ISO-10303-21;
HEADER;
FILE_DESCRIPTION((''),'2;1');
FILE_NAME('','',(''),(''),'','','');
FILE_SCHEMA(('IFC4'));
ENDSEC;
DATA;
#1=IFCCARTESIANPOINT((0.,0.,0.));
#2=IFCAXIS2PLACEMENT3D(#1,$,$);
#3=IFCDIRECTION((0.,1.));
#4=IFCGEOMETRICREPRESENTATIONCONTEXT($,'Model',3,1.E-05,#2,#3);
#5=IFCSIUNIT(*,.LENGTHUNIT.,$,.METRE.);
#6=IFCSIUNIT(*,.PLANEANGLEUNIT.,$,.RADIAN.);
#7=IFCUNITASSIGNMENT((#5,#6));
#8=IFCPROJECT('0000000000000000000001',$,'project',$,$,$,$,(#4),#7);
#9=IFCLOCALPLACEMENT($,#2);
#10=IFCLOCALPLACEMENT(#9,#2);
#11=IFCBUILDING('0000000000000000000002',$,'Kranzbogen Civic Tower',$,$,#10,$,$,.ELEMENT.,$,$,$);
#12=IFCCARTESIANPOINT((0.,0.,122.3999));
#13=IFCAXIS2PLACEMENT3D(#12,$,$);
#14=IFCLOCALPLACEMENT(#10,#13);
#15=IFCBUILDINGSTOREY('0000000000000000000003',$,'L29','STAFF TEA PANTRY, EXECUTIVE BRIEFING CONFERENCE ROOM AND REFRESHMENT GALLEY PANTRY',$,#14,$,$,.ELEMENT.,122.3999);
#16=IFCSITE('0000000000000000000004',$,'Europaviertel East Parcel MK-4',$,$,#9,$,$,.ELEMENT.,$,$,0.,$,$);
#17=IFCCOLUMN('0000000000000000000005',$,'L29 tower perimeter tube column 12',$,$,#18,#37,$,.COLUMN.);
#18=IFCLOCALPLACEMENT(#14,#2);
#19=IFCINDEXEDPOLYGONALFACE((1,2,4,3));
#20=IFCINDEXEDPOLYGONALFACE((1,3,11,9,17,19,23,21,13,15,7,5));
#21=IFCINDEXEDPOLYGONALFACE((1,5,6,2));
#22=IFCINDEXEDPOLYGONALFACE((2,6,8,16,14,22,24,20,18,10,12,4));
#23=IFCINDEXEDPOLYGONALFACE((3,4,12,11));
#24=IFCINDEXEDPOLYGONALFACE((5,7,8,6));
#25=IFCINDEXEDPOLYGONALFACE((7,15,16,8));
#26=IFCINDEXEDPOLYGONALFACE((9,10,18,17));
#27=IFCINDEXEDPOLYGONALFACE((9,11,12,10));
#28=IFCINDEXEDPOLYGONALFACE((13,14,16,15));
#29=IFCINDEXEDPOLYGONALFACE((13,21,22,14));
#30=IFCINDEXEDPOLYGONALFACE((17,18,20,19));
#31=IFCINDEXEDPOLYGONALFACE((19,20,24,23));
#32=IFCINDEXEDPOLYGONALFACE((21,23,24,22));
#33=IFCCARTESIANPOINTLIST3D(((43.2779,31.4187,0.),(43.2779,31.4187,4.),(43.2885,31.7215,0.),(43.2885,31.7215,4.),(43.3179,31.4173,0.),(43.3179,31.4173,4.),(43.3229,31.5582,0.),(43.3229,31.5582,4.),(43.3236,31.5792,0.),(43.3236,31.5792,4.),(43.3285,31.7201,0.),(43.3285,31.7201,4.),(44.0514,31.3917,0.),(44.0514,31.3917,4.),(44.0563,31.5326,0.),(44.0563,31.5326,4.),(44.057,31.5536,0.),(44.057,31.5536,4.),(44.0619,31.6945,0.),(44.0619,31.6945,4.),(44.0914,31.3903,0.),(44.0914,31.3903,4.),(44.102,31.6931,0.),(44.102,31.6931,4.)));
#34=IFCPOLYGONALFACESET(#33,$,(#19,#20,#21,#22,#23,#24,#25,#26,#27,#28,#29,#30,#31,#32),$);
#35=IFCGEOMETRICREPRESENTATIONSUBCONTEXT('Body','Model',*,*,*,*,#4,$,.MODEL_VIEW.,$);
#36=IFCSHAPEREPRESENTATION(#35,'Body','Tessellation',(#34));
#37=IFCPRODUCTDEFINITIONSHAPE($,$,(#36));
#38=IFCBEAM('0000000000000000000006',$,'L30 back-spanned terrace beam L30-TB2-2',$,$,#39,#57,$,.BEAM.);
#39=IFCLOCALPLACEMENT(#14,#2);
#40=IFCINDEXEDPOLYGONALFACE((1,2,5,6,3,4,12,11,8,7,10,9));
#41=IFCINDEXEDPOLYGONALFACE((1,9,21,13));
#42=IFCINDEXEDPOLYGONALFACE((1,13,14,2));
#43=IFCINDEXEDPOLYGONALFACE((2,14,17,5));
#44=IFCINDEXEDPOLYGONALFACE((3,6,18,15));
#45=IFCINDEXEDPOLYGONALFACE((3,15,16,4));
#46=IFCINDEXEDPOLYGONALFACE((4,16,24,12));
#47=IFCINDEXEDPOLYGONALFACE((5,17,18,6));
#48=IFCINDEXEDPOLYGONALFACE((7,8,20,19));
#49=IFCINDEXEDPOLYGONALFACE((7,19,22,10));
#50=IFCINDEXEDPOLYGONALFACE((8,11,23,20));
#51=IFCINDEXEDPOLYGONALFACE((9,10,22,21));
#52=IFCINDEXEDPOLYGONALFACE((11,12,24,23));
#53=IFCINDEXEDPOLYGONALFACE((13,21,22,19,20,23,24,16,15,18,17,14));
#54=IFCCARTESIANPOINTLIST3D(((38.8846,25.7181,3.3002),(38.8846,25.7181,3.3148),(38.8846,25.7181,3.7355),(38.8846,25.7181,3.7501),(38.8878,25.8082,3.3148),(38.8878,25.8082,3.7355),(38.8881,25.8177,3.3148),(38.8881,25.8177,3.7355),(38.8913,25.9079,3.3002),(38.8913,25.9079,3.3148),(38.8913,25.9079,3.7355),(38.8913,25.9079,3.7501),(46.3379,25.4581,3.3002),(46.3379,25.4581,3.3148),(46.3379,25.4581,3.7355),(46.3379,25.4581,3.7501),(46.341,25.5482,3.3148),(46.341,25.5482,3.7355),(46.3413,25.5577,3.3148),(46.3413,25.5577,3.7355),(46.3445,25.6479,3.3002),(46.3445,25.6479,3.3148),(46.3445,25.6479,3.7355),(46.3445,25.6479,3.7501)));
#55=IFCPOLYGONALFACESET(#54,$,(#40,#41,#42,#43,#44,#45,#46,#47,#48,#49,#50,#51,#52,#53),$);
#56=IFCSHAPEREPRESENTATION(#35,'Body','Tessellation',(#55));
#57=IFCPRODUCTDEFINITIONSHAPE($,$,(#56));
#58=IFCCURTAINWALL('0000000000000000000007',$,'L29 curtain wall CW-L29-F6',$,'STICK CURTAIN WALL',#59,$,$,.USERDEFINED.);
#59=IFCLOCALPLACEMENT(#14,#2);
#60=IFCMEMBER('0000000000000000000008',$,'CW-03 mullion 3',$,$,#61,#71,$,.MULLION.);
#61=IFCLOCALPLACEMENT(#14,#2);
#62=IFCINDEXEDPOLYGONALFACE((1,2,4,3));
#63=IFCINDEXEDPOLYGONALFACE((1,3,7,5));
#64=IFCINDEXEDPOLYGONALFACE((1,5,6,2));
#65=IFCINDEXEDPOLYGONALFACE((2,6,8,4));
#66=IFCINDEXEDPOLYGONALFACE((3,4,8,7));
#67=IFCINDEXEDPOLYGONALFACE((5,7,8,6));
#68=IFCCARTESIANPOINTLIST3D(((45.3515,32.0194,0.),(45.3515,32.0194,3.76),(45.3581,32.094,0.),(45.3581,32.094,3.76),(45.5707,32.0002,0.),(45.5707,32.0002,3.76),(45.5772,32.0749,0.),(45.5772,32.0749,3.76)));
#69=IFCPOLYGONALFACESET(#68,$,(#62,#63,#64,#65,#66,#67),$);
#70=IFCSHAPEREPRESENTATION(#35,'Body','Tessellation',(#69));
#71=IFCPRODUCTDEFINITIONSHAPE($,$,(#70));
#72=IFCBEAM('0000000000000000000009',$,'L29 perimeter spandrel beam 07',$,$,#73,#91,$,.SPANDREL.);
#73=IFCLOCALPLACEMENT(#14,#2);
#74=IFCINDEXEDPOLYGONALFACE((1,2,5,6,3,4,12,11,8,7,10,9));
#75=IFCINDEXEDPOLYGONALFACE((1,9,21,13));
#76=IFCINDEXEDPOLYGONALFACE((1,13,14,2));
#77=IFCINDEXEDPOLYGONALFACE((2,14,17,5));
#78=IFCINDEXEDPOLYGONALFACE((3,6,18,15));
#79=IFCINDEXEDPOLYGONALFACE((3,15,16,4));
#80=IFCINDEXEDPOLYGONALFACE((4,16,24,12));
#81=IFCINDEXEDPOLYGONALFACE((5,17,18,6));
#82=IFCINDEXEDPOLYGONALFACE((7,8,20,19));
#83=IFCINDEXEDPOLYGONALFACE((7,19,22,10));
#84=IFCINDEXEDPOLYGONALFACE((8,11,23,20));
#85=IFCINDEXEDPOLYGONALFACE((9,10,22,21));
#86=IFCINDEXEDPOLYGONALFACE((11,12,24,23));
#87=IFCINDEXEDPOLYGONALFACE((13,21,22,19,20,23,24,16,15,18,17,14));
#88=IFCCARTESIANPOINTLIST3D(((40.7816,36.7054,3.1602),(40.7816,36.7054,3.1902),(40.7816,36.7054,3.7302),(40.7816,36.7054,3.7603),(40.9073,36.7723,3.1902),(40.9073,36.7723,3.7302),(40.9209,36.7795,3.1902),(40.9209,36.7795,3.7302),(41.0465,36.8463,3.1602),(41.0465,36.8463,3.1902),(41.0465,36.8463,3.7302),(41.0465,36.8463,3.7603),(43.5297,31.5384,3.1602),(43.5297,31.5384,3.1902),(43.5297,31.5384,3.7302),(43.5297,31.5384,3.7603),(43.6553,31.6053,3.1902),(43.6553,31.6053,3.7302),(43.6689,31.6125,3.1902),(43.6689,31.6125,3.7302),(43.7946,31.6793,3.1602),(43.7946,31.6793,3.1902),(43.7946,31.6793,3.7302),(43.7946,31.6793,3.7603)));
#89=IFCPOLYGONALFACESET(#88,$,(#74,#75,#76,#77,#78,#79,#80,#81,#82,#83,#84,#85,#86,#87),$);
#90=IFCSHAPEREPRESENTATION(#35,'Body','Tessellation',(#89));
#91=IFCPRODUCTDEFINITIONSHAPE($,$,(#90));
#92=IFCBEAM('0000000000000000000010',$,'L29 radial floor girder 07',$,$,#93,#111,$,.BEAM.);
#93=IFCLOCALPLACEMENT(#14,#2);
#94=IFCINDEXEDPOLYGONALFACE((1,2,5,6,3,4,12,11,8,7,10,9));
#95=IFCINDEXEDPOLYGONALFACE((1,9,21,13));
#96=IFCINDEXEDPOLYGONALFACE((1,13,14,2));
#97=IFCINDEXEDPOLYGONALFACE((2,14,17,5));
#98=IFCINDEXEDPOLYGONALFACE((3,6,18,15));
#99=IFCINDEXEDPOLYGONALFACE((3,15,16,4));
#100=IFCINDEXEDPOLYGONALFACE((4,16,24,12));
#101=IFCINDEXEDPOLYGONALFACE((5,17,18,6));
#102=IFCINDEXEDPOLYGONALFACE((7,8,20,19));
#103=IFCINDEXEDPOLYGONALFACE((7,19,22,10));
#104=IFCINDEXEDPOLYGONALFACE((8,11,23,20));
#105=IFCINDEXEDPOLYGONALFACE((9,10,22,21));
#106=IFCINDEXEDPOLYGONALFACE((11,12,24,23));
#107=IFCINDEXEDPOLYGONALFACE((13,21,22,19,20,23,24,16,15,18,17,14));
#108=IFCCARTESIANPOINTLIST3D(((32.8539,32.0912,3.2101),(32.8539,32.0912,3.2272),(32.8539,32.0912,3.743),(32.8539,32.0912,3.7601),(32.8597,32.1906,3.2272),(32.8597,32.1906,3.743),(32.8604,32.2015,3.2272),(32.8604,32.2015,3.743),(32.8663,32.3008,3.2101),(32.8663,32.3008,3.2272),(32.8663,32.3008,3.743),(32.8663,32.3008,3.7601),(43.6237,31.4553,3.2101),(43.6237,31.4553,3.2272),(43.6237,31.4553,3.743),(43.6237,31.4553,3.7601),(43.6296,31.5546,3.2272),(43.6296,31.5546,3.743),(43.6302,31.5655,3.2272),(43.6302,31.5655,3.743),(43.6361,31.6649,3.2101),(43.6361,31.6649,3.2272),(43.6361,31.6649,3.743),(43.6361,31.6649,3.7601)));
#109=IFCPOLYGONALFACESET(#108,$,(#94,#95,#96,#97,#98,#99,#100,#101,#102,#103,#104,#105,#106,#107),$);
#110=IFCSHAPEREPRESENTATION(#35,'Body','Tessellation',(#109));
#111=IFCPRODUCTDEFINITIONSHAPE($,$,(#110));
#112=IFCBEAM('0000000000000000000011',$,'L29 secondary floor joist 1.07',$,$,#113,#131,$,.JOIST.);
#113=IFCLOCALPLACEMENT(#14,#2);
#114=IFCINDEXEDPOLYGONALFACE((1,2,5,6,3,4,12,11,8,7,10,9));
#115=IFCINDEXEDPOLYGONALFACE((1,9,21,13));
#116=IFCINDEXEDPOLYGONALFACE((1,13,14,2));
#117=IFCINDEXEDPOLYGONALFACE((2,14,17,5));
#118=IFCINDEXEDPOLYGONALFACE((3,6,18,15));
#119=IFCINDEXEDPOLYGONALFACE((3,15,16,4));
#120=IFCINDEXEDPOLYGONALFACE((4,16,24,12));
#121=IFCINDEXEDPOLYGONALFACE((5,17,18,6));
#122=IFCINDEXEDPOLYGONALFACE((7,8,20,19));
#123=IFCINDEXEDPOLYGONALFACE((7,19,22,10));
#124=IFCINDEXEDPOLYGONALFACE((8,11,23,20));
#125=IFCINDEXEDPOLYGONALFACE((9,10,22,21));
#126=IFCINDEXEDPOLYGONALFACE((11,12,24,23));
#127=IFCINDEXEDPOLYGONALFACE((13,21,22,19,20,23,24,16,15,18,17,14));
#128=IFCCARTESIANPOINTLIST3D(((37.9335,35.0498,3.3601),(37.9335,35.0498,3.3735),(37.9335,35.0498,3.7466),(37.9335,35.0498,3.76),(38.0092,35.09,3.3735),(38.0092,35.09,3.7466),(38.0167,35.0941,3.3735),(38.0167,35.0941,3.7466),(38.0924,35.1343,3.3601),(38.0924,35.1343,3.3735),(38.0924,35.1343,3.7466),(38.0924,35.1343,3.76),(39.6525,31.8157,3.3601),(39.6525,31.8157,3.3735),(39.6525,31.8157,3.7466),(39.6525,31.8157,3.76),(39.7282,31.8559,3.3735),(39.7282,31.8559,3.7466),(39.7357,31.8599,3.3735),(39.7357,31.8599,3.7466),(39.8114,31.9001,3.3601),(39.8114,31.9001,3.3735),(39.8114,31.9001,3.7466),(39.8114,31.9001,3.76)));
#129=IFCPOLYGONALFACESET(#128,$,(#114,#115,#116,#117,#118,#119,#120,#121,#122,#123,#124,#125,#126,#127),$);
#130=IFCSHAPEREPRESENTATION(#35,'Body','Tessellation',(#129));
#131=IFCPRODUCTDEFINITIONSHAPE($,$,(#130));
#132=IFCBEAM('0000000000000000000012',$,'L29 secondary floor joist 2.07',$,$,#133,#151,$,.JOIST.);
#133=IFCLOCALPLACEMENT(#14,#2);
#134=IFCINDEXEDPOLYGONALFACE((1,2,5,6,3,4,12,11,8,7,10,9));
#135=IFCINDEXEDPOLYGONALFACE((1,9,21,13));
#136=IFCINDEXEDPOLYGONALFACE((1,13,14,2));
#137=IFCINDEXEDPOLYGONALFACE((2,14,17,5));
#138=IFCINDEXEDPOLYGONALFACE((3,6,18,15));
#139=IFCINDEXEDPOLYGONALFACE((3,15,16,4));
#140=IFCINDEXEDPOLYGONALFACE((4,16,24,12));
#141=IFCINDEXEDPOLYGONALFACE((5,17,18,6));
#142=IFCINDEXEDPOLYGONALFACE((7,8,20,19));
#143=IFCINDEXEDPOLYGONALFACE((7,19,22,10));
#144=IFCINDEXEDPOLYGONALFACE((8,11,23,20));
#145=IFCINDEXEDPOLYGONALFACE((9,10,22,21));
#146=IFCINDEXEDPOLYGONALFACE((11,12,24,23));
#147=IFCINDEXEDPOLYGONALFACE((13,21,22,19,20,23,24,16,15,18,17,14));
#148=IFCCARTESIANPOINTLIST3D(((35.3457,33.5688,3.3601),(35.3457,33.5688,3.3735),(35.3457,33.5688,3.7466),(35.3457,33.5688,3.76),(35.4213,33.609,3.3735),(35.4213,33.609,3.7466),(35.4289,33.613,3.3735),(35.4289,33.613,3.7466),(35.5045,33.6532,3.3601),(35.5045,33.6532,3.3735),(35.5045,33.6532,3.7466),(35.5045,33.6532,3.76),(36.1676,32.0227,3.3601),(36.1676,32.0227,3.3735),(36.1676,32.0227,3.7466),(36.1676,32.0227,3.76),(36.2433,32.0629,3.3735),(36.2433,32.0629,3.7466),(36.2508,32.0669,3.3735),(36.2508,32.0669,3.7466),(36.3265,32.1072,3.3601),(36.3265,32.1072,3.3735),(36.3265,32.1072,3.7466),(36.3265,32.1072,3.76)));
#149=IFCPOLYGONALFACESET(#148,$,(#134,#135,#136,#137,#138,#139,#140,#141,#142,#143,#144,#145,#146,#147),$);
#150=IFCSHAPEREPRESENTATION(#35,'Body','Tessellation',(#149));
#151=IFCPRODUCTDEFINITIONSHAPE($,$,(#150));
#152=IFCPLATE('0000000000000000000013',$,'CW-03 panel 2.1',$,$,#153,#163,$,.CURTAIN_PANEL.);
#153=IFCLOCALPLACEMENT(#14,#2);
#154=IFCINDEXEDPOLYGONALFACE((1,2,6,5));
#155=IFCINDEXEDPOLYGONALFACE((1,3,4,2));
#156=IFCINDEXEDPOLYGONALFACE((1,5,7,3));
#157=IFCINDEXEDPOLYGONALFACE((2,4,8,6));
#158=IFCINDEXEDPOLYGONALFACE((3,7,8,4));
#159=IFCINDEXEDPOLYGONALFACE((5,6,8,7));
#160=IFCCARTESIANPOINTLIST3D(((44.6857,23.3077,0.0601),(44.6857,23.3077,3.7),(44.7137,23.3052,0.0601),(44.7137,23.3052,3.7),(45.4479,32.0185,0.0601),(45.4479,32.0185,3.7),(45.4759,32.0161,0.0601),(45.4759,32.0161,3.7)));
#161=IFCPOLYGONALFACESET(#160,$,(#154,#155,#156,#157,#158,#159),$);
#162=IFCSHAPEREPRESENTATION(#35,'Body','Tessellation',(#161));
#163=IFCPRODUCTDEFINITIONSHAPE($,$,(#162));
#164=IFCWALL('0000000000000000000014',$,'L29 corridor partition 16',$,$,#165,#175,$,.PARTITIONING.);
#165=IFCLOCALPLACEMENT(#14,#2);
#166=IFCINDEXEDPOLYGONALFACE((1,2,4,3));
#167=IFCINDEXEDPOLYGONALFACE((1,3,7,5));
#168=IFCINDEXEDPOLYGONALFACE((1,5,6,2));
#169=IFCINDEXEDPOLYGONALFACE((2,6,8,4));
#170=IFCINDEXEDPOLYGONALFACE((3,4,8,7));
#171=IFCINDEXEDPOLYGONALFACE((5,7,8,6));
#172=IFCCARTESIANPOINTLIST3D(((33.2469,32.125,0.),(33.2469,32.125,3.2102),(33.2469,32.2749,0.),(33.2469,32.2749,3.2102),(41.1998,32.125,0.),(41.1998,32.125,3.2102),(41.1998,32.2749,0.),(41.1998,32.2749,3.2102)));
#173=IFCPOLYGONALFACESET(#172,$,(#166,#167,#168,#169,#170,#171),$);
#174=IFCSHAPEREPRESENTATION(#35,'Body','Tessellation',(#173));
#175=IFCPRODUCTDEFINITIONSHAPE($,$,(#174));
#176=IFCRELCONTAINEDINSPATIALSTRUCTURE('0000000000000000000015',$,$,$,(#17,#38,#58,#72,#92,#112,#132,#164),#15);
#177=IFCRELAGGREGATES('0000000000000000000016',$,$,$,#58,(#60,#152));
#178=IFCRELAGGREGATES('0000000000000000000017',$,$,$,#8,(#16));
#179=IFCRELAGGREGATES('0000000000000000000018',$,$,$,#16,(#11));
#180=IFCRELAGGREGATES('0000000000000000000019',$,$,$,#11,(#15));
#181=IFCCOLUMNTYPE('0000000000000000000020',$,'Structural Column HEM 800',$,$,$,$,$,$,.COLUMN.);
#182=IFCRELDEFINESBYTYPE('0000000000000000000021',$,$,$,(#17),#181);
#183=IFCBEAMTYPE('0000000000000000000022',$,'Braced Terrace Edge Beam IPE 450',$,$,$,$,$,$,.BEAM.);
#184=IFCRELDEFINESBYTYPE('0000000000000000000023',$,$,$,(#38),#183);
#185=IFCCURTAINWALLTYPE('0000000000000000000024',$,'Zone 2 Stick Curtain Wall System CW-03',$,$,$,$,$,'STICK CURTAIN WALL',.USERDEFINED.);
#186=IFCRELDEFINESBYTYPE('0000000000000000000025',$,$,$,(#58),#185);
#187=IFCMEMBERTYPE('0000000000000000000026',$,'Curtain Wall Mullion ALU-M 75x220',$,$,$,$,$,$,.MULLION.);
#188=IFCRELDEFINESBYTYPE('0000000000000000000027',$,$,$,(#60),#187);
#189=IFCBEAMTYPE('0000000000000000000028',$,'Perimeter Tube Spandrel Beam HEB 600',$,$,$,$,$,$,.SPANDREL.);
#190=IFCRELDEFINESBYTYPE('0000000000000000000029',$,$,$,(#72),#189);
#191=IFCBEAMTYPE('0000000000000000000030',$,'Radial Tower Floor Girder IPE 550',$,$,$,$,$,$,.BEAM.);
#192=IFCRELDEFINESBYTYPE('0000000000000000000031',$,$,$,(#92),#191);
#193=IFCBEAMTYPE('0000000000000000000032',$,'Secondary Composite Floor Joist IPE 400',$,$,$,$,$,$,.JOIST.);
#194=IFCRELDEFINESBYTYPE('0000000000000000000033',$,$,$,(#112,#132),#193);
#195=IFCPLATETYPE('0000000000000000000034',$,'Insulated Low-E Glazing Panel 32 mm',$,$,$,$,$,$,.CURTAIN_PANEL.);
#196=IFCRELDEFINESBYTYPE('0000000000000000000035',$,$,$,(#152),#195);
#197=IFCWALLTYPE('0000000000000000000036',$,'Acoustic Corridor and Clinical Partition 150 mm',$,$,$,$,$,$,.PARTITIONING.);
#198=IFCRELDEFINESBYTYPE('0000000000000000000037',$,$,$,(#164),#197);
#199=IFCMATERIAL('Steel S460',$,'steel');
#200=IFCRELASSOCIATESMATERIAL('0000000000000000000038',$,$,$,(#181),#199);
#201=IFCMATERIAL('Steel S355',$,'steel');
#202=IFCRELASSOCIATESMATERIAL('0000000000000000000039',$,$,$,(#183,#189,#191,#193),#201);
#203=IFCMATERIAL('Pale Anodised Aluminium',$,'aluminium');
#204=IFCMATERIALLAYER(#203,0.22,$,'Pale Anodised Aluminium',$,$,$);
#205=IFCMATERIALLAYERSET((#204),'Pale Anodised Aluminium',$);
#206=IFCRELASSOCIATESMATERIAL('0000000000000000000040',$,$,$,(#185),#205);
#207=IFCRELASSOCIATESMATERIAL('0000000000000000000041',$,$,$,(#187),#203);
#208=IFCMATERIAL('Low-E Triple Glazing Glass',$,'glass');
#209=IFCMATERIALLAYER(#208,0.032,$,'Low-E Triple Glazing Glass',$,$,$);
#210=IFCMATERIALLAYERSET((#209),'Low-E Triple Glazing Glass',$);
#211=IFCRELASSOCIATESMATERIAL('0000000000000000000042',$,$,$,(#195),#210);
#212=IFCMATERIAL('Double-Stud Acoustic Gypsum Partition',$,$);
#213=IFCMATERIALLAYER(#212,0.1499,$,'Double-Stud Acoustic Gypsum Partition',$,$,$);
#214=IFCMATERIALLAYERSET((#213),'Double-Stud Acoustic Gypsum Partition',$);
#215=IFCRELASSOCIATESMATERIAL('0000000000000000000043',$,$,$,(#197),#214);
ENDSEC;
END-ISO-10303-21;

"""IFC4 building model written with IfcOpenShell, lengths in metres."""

from ifc_helpers import new_model, si_unit, direction, frame, frame_2d, origin, origin_2d, place, context, subcontext, project, spatial, rectangle, i_section, extrude, material, layer, layer_set, material_profile, profile_set, type_object, element, aggregate, save


model = new_model("IFC4")

# Units and contexts
model_context = context("Model", 3, precision=1e-05, world=origin(), true_north=direction((0.0, 1.0)))
body_context = subcontext(model_context, "Body", "Model", "MODEL_VIEW")
ifc_project = project(units=[si_unit("LENGTHUNIT", "METRE"), si_unit("PLANEANGLEUNIT", "RADIAN")], contexts=[model_context])

# Site, building, storey
site_placement = place(None, origin())
site = spatial("IfcSite", under=ifc_project, at=site_placement, Name="Europaviertel East Parcel MK-4", CompositionType="ELEMENT", RefElevation=0.0)
building_placement = place(site_placement, origin())
building = spatial("IfcBuilding", under=site, at=building_placement, Name="Kranzbogen Civic Tower", CompositionType="ELEMENT")
storey_placement = place(building_placement, frame((0.0, 0.0, 122.3999)))
storey = spatial("IfcBuildingStorey", under=building, at=storey_placement, Name="L29", Description="STAFF TEA PANTRY, EXECUTIVE BRIEFING CONFERENCE ROOM AND REFRESHMENT GALLEY PANTRY", CompositionType="ELEMENT", Elevation=122.3999)

# Column
ifc_material_1 = material(Name="Steel S460", Category="steel")
ifc_material_profile_1 = material_profile(ifc_material_1, i_section(OverallWidth=0.303, OverallDepth=0.814, WebThickness=0.021, FlangeThickness=0.04, at=origin_2d()), Name="HEM 800")
ifc_profile_set_1 = profile_set([ifc_material_profile_1], Name="Steel S460")
column_type = type_object("IfcColumnType", Name="Structural Column HEM 800", PredefinedType="COLUMN", material=ifc_profile_set_1)
column_placement = place(storey_placement, frame((43.6899, 31.5559, 0.0), z_axis=(0.0, 0.0, 1.0), x_axis=(0.034899, 0.999391, 0.0)))
element("IfcColumn", 1, at=column_placement, inside=storey, type_object=column_type, Name="L29 tower perimeter tube column 12", PredefinedType="COLUMN", context=body_context, shape_type="SweptSolid", body=[
    extrude(i_section(OverallWidth=0.303, OverallDepth=0.814, WebThickness=0.021, FlangeThickness=0.04, at=origin_2d()), origin(), (0.0, 0.0, 1.0), 4.0),
])

# Beam
ifc_material_2 = material(Name="Steel S355", Category="steel")
ifc_material_profile_2 = material_profile(ifc_material_2, i_section(OverallWidth=0.1899, OverallDepth=0.45, WebThickness=0.0095, FlangeThickness=0.0146, at=origin_2d()), Name="IPE 450")
ifc_profile_set_2 = profile_set([ifc_material_profile_2], Name="Steel S355")
beam_type_1 = type_object("IfcBeamType", Name="Braced Terrace Edge Beam IPE 450", PredefinedType="BEAM", material=ifc_profile_set_2)
beam_1_placement = place(storey_placement, frame((38.8879, 25.813, 3.5251), z_axis=(0.999392, -0.034865, 0.0), x_axis=(0.034865, 0.999392, 0.0)))
element("IfcBeam", 2, at=beam_1_placement, inside=storey, type_object=beam_type_1, Name="L30 back-spanned terrace beam L30-TB2-2", PredefinedType="BEAM", context=body_context, shape_type="SweptSolid", body=[
    extrude(i_section(OverallWidth=0.1899, OverallDepth=0.45, WebThickness=0.0095, FlangeThickness=0.0146, at=origin_2d()), origin(), (0.0, 0.0, 1.0), 7.4578),
])

# Curtain wall, member
ifc_material_3 = material(Name="Pale Anodised Aluminium", Category="aluminium")
ifc_layer_1 = layer(ifc_material_3, 0.22, Name="Pale Anodised Aluminium")
ifc_layer_set_1 = layer_set([ifc_layer_1], Name="Pale Anodised Aluminium")
curtain_wall_type = type_object("IfcCurtainWallType", Name="Zone 2 Stick Curtain Wall System CW-03", ElementType="STICK CURTAIN WALL", PredefinedType="USERDEFINED", material=ifc_layer_set_1)
curtain_wall_placement = place(storey_placement, origin())
curtain_wall = element("IfcCurtainWall", 3, at=curtain_wall_placement, inside=storey, type_object=curtain_wall_type, Name="L29 curtain wall CW-L29-F6", ObjectType="STICK CURTAIN WALL", PredefinedType="USERDEFINED")
ifc_material_profile_3 = material_profile(ifc_material_3, rectangle(XDim=0.075, YDim=0.22, at=origin_2d()), Name="ALU-M 75x220")
ifc_profile_set_3 = profile_set([ifc_material_profile_3], Name="Pale Anodised Aluminium")
member_type = type_object("IfcMemberType", Name="Curtain Wall Mullion ALU-M 75x220", PredefinedType="MULLION", material=ifc_profile_set_3)
member_placement = place(storey_placement, frame((45.4644, 32.0471, 0.0), z_axis=(0.0, 0.0, 1.0), x_axis=(0.087162, 0.996194, 0.0)))
member = element("IfcMember", 4, at=member_placement, type_object=member_type, Name="CW-03 mullion 3", PredefinedType="MULLION", context=body_context, shape_type="SweptSolid", body=[
    extrude(rectangle(XDim=0.075, YDim=0.22, at=origin_2d()), origin(), (0.0, 0.0, 1.0), 3.76),
])

# Beams
ifc_material_profile_4 = material_profile(ifc_material_2, i_section(OverallWidth=0.3, OverallDepth=0.6001, WebThickness=0.0154, FlangeThickness=0.03, at=origin_2d()), Name="HEB 600")
ifc_profile_set_4 = profile_set([ifc_material_profile_4], Name="Steel S355")
beam_type_2 = type_object("IfcBeamType", Name="Perimeter Tube Spandrel Beam HEB 600", PredefinedType="SPANDREL", material=ifc_profile_set_4)
beam_2_placement = place(storey_placement, frame((43.6621, 31.6089, 3.4602), z_axis=(-0.469566, 0.882897, 0.0), x_axis=(-0.882897, -0.469566, 0.0)))
element("IfcBeam", 5, at=beam_2_placement, inside=storey, type_object=beam_type_2, Name="L29 perimeter spandrel beam 07", PredefinedType="SPANDREL", context=body_context, shape_type="SweptSolid", body=[
    extrude(i_section(OverallWidth=0.3, OverallDepth=0.6001, WebThickness=0.0154, FlangeThickness=0.03, at=origin_2d()), origin(), (0.0, 0.0, 1.0), 5.8523),
])
ifc_material_profile_5 = material_profile(ifc_material_2, i_section(OverallWidth=0.21, OverallDepth=0.55, WebThickness=0.011, FlangeThickness=0.0171, at=origin_2d()), Name="IPE 550")
ifc_profile_set_5 = profile_set([ifc_material_profile_5], Name="Steel S355")
beam_type_3 = type_object("IfcBeamType", Name="Radial Tower Floor Girder IPE 550", PredefinedType="BEAM", material=ifc_profile_set_5)
beam_3_placement = place(storey_placement, frame((43.6299, 31.5601, 3.4851), z_axis=(-0.998261, 0.05895, 0.0), x_axis=(-0.05895, -0.998261, 0.0)))
element("IfcBeam", 6, at=beam_3_placement, inside=storey, type_object=beam_type_3, Name="L29 radial floor girder 07", PredefinedType="BEAM", context=body_context, shape_type="SweptSolid", body=[
    extrude(i_section(OverallWidth=0.21, OverallDepth=0.55, WebThickness=0.011, FlangeThickness=0.0171, at=origin_2d()), origin(), (0.0, 0.0, 1.0), 10.7886),
])
ifc_material_profile_6 = material_profile(ifc_material_2, i_section(OverallWidth=0.1799, OverallDepth=0.3999, WebThickness=0.0085, FlangeThickness=0.0134, at=origin_2d()), Name="IPE 400")
ifc_profile_set_6 = profile_set([ifc_material_profile_6], Name="Steel S355")
beam_type_4 = type_object("IfcBeamType", Name="Secondary Composite Floor Joist IPE 400", PredefinedType="JOIST", material=ifc_profile_set_6)
beam_4_placement = place(storey_placement, frame((39.7319, 31.8579, 3.5601), z_axis=(-0.469339, 0.883018, 0.0), x_axis=(-0.883018, -0.469339, 0.0)))
element("IfcBeam", 7, at=beam_4_placement, inside=storey, type_object=beam_type_4, Name="L29 secondary floor joist 1.07", PredefinedType="JOIST", context=body_context, shape_type="SweptSolid", body=[
    extrude(i_section(OverallWidth=0.1799, OverallDepth=0.3999, WebThickness=0.0085, FlangeThickness=0.0134, at=origin_2d()), origin(), (0.0, 0.0, 1.0), 3.6626),
])
beam_5_placement = place(storey_placement, frame((36.2471, 32.0649, 3.5601), z_axis=(-0.469437, 0.882966, 0.0), x_axis=(-0.882966, -0.469437, 0.0)))
element("IfcBeam", 8, at=beam_5_placement, inside=storey, type_object=beam_type_4, Name="L29 secondary floor joist 2.07", PredefinedType="JOIST", context=body_context, shape_type="SweptSolid", body=[
    extrude(i_section(OverallWidth=0.1799, OverallDepth=0.3999, WebThickness=0.0085, FlangeThickness=0.0134, at=origin_2d()), origin(), (0.0, 0.0, 1.0), 1.751),
])

# Plate
ifc_material_4 = material(Name="Low-E Triple Glazing Glass", Category="glass")
ifc_layer_2 = layer(ifc_material_4, 0.032, Name="Low-E Triple Glazing Glass")
ifc_layer_set_2 = layer_set([ifc_layer_2], Name="Low-E Triple Glazing Glass")
plate_type = type_object("IfcPlateType", Name="Insulated Low-E Glazing Panel 32 mm", PredefinedType="CURTAIN_PANEL", material=ifc_layer_set_2)
plate_placement = place(storey_placement, frame((45.0808, 27.6619, 0.0601), z_axis=(0.0, 0.0, 1.0), x_axis=(0.087162, 0.996194, 0.0)))
plate = element("IfcPlate", 9, at=plate_placement, type_object=plate_type, Name="CW-03 panel 2.1", PredefinedType="CURTAIN_PANEL", context=body_context, shape_type="SweptSolid", body=[
    extrude(rectangle(XDim=8.7441, YDim=0.0281, at=origin_2d()), origin(), (0.0, 0.0, 1.0), 3.6399),
])
aggregate(curtain_wall, [member, plate])

# Wall
ifc_material_5 = material(Name="Double-Stud Acoustic Gypsum Partition")
ifc_layer_3 = layer(ifc_material_5, 0.1499, Name="Double-Stud Acoustic Gypsum Partition")
ifc_layer_set_3 = layer_set([ifc_layer_3], Name="Double-Stud Acoustic Gypsum Partition")
wall_type_1 = type_object("IfcWallType", Name="Acoustic Corridor and Clinical Partition 150 mm", PredefinedType="PARTITIONING", material=ifc_layer_set_3)
wall_1_placement = place(storey_placement, frame((41.2, 32.2, 0.0), z_axis=(0.0, 0.0, 1.0), x_axis=(-1.0, 0.0, 0.0)))
element("IfcWall", 10, at=wall_1_placement, inside=storey, type_object=wall_type_1, Name="L29 corridor partition 16", PredefinedType="PARTITIONING", context=body_context, shape_type="SweptSolid", body=[
    extrude(rectangle(XDim=7.9529, YDim=0.1499, at=frame_2d((3.9766, 0.0))), origin(), (0.0, 0.0, 1.0), 3.2102),
])

save(model, "model.ifc")
